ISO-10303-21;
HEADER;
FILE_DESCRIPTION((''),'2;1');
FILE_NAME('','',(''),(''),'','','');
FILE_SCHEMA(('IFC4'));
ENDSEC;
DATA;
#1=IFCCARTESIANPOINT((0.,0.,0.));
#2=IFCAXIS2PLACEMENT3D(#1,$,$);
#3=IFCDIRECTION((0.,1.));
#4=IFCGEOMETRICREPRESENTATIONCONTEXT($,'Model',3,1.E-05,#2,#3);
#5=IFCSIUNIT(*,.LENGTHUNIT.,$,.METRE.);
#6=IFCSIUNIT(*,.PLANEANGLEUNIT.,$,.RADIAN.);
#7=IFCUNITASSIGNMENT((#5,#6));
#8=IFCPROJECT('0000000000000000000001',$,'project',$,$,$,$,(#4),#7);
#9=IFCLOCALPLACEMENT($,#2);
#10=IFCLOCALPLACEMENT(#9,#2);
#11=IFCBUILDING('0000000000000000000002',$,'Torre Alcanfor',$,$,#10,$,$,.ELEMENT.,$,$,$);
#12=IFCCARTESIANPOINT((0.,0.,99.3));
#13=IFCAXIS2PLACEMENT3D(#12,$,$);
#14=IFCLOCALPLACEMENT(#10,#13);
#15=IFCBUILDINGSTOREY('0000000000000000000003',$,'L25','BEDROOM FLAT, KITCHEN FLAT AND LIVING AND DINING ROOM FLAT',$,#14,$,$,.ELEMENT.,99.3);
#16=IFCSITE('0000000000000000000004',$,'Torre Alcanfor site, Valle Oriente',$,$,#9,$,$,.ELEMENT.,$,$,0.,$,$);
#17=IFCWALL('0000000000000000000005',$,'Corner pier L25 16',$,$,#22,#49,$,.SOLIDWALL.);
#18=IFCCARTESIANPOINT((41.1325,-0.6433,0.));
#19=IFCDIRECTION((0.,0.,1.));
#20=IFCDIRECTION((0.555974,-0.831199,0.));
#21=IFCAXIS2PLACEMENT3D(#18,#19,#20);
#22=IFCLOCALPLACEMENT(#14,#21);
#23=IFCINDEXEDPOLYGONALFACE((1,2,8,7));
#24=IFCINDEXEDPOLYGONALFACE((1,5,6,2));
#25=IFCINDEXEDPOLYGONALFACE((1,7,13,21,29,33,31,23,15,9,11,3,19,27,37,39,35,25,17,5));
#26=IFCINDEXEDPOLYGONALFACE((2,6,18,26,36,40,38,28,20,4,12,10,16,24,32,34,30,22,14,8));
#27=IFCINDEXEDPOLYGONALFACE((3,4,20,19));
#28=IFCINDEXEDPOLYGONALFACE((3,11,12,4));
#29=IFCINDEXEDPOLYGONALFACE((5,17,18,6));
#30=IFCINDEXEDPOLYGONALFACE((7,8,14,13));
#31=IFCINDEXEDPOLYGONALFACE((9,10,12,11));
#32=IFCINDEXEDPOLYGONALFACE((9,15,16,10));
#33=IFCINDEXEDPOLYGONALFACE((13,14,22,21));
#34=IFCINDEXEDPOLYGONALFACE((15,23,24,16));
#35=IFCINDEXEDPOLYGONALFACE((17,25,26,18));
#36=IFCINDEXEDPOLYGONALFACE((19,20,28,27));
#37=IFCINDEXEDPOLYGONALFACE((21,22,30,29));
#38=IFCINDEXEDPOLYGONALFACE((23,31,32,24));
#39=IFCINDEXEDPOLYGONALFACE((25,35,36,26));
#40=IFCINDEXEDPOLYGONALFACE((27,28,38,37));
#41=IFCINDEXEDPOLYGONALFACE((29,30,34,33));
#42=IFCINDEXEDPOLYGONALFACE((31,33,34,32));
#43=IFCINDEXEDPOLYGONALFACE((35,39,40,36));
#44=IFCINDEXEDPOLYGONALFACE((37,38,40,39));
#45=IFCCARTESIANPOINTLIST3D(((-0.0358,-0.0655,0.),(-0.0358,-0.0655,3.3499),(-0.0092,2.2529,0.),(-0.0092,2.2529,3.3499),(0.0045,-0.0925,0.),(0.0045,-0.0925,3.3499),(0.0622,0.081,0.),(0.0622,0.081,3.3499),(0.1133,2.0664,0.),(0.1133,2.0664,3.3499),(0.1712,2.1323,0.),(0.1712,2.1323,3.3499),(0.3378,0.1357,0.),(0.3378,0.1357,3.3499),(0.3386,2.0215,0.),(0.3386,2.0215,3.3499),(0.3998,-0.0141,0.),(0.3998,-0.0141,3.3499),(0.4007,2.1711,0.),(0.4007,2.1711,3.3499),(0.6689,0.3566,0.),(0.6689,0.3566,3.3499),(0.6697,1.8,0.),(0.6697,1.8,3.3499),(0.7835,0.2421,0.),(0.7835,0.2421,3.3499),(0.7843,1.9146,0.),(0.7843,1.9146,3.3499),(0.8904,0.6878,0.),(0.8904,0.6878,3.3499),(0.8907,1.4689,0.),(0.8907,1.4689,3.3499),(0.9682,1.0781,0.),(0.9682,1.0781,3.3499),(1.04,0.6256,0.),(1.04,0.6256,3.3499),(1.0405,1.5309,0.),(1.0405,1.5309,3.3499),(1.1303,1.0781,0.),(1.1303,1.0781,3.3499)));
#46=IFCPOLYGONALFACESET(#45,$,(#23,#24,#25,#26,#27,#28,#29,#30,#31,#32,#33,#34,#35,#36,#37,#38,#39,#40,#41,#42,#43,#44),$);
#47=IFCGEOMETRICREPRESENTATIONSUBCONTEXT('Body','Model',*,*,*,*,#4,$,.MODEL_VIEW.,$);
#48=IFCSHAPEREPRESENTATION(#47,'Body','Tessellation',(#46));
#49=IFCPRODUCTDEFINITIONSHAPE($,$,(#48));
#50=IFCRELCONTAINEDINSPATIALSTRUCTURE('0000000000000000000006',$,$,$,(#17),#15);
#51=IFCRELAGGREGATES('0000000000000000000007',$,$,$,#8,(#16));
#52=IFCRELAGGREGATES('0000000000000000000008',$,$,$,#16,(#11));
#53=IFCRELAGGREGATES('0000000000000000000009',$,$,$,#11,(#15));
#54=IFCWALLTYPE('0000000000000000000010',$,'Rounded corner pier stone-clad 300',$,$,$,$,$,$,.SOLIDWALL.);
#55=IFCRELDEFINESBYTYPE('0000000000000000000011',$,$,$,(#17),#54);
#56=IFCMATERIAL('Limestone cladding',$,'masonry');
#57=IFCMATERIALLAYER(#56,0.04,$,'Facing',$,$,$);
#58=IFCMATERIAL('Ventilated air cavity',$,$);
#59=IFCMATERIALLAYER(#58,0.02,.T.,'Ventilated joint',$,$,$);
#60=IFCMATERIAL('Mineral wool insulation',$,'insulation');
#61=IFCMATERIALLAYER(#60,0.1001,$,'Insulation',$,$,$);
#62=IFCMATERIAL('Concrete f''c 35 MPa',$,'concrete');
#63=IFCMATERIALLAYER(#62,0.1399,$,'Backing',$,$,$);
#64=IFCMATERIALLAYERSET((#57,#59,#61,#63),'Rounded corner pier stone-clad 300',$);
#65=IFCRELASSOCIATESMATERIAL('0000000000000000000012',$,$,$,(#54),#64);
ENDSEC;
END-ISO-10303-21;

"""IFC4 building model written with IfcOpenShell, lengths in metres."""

from ifc_helpers import new_model, si_unit, direction, frame, origin, place, context, subcontext, project, spatial, polyline, outline, extrude, material, layer, layer_set, type_object, element, save


model = new_model("IFC4")

# Units and contexts
model_context = context("Model", 3, precision=1e-05, world=origin(), true_north=direction((0.0, 1.0)))
body_context = subcontext(model_context, "Body", "Model", "MODEL_VIEW")
ifc_project = project(units=[si_unit("LENGTHUNIT", "METRE"), si_unit("PLANEANGLEUNIT", "RADIAN")], contexts=[model_context])

# Site, building, storey
site_placement = place(None, origin())
site = spatial("IfcSite", under=ifc_project, at=site_placement, Name="Torre Alcanfor site, Valle Oriente", CompositionType="ELEMENT", RefElevation=0.0)
building_placement = place(site_placement, origin())
building = spatial("IfcBuilding", under=site, at=building_placement, Name="Torre Alcanfor", CompositionType="ELEMENT")
storey_placement = place(building_placement, frame((0.0, 0.0, 99.3)))
storey = spatial("IfcBuildingStorey", under=building, at=storey_placement, Name="L25", Description="BEDROOM FLAT, KITCHEN FLAT AND LIVING AND DINING ROOM FLAT", CompositionType="ELEMENT", Elevation=99.3)

# Wall
ifc_material_1 = material(Name="Limestone cladding", Category="masonry")
ifc_layer_1 = layer(ifc_material_1, 0.04, Name="Facing")
ifc_material_2 = material(Name="Ventilated air cavity")
ifc_layer_2 = layer(ifc_material_2, 0.02, ventilated=True, Name="Ventilated joint")
ifc_material_3 = material(Name="Mineral wool insulation", Category="insulation")
ifc_layer_3 = layer(ifc_material_3, 0.1001, Name="Insulation")
ifc_material_4 = material(Name="Concrete f'c 35 MPa", Category="concrete")
ifc_layer_4 = layer(ifc_material_4, 0.1399, Name="Backing")
ifc_layer_set_1 = layer_set([ifc_layer_1, ifc_layer_2, ifc_layer_3, ifc_layer_4], Name="Rounded corner pier stone-clad 300")
wall_type_1 = type_object("IfcWallType", Name="Rounded corner pier stone-clad 300", PredefinedType="SOLIDWALL", material=ifc_layer_set_1)
wall_1_placement = place(storey_placement, frame((41.1325, -0.6433, 0.0), z_axis=(0.0, 0.0, 1.0), x_axis=(0.555974, -0.831199, 0.0)))
element("IfcWall", 1, at=wall_1_placement, inside=storey, type_object=wall_type_1, Name="Corner pier L25 16", PredefinedType="SOLIDWALL", context=body_context, shape_type="SweptSolid", body=[
    extrude(outline(polyline([(0.1712, 2.1323), (0.1133, 2.0664), (0.3386, 2.0215), (0.6697, 1.8), (0.8907, 1.4689), (0.9682, 1.0781), (0.8904, 0.6878), (0.6689, 0.3566), (0.3378, 0.1357), (0.0622, 0.081), (-0.0358, -0.0655), (0.0045, -0.0925), (0.3998, -0.0141), (0.7835, 0.2421), (1.04, 0.6256), (1.1303, 1.0781), (1.0405, 1.5309), (0.7843, 1.9146), (0.4007, 2.1711), (-0.0092, 2.2529), (0.1712, 2.1323)])), origin(), (0.0, 0.0, 1.0), 3.3499),
])

save(model, "model.ifc")
